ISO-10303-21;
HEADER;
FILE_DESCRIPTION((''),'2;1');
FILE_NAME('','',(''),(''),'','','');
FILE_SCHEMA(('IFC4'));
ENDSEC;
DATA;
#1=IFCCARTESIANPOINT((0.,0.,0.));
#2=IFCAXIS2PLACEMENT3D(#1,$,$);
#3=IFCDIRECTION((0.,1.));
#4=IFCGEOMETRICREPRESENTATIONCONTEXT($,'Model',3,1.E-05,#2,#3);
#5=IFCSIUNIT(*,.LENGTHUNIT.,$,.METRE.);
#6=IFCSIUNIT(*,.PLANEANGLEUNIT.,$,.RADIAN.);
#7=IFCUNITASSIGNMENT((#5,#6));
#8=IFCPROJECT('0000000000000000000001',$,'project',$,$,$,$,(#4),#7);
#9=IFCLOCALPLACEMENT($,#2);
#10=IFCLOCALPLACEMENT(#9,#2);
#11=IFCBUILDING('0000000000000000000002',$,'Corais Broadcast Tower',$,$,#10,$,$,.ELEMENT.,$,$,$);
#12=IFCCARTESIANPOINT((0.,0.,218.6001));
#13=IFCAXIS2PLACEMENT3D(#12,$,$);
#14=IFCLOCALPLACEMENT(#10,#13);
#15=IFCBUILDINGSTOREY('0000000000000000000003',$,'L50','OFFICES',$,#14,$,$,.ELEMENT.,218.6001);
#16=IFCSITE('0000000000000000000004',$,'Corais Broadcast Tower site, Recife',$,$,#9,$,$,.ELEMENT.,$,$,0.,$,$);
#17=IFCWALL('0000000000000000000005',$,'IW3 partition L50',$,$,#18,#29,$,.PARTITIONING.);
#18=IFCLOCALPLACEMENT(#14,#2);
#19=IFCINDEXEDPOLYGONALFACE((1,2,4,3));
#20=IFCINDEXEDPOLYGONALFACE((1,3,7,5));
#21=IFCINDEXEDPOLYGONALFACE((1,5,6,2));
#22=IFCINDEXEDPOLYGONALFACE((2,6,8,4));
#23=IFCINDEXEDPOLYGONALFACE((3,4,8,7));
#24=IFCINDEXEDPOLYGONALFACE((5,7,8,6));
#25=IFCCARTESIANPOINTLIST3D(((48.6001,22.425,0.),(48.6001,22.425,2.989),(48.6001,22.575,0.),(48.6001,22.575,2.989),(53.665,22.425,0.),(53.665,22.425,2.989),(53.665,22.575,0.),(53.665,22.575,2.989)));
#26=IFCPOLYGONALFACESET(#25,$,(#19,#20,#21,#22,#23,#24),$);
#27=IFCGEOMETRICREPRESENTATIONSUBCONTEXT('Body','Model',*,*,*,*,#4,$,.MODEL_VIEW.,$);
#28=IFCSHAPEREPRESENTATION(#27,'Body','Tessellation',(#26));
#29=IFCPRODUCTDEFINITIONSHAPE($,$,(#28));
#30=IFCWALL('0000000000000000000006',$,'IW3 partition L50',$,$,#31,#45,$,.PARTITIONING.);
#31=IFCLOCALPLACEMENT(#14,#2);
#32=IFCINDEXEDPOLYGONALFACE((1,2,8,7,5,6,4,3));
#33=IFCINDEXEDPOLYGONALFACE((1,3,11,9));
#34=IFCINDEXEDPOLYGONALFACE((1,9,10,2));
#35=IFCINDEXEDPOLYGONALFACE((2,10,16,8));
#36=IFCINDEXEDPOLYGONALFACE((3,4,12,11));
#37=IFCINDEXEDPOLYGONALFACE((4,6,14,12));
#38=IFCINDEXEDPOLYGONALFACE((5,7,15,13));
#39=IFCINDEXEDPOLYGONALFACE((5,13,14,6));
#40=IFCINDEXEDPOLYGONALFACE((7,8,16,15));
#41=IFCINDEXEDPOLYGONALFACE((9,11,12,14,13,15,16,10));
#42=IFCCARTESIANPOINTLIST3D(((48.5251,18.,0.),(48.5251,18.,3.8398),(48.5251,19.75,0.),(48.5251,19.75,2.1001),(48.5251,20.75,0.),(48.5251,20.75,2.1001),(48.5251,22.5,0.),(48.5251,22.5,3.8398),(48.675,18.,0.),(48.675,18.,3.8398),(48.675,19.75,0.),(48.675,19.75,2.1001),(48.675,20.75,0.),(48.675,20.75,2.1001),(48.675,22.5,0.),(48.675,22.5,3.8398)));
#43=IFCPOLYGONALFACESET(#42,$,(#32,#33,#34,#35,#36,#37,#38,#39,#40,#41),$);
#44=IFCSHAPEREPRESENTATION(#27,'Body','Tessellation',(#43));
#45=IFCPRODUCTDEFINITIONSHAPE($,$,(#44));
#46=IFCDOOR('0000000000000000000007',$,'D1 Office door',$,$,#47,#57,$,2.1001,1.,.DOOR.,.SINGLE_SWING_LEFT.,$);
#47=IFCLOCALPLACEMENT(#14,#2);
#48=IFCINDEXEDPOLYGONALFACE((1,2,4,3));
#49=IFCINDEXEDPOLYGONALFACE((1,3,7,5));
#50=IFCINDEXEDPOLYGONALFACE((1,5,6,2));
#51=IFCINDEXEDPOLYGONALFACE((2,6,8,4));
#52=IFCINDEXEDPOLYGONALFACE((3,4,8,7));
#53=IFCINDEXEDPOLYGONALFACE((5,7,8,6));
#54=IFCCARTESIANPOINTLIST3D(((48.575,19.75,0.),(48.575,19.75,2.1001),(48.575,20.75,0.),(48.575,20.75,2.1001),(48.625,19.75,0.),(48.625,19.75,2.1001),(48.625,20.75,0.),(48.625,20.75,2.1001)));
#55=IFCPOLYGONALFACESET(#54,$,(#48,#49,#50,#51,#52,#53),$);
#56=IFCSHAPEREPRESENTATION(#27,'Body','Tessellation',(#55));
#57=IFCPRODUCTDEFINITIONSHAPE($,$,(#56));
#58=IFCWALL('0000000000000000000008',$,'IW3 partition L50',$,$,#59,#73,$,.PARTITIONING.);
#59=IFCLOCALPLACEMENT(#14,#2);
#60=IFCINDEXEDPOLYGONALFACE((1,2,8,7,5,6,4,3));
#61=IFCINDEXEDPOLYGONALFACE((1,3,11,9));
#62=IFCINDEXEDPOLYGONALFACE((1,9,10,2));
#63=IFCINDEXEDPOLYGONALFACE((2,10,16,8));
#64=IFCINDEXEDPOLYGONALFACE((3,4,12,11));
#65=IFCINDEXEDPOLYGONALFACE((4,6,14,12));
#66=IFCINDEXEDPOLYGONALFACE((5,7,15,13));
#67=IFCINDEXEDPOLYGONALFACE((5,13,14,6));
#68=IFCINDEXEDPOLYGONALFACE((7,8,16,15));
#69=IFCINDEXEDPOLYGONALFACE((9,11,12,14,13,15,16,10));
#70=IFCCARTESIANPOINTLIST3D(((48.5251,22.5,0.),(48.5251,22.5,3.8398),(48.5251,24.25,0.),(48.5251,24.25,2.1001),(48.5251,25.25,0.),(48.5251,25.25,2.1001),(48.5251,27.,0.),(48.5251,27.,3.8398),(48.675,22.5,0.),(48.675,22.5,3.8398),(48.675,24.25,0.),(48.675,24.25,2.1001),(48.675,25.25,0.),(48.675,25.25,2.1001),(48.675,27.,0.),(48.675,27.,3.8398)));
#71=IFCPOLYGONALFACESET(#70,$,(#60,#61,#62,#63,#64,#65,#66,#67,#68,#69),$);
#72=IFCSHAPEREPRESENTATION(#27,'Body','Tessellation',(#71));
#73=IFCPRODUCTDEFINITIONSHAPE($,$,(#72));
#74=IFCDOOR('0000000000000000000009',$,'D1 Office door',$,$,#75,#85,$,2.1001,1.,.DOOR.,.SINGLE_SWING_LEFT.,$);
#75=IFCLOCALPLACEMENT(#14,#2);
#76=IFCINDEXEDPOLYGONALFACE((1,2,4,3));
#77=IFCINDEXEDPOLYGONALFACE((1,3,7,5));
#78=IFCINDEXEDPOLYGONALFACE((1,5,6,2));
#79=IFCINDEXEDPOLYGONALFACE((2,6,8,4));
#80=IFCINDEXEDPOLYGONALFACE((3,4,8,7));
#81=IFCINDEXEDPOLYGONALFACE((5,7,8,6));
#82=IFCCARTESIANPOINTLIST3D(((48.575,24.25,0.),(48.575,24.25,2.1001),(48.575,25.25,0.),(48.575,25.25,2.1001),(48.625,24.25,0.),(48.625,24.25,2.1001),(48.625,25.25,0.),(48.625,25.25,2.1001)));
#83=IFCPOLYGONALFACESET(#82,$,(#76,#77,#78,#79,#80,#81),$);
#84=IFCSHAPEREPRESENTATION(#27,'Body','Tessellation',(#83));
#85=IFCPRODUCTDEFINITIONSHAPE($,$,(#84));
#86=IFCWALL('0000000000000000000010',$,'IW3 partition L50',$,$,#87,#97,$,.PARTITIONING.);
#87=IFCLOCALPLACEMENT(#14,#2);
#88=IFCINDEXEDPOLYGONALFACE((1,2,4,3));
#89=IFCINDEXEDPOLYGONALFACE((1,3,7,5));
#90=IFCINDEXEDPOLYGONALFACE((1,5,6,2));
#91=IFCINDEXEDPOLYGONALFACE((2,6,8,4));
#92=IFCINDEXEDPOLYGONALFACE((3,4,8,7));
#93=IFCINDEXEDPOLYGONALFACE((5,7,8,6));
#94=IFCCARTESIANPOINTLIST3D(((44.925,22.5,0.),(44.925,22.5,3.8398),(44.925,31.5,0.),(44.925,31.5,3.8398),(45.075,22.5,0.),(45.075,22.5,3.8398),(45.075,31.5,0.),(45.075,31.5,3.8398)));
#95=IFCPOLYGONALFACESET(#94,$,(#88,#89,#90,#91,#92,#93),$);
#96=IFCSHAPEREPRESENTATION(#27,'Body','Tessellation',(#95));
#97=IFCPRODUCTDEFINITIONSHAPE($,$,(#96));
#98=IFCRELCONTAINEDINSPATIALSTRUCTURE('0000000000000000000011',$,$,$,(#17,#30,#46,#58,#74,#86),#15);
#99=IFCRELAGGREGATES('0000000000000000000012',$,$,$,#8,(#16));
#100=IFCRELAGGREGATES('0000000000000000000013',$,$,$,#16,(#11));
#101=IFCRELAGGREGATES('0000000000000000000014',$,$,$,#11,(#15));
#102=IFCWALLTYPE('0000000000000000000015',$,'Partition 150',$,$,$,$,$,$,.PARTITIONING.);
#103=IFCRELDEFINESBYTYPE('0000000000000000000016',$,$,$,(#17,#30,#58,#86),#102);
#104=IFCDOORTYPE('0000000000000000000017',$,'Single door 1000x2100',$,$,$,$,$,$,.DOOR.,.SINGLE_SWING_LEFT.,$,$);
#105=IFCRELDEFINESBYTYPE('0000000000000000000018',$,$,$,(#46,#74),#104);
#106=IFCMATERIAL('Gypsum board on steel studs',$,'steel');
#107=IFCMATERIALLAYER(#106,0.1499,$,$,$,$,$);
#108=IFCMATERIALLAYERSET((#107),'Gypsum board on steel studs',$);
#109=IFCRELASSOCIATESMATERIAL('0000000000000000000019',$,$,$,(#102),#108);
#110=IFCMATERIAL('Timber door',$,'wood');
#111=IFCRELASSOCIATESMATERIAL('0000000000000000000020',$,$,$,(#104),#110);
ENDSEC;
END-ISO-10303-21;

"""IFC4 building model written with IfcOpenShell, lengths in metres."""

from ifc_helpers import new_model, si_unit, direction, frame, frame_2d, origin, place, context, subcontext, project, spatial, rectangle, extrude, material, layer, layer_set, type_object, element, fill, save


model = new_model("IFC4")

# Units and contexts
model_context = context("Model", 3, precision=1e-05, world=origin(), true_north=direction((0.0, 1.0)))
body_context = subcontext(model_context, "Body", "Model", "MODEL_VIEW")
ifc_project = project(units=[si_unit("LENGTHUNIT", "METRE"), si_unit("PLANEANGLEUNIT", "RADIAN")], contexts=[model_context])

# Site, building, storey
site_placement = place(None, origin())
site = spatial("IfcSite", under=ifc_project, at=site_placement, Name="Corais Broadcast Tower site, Recife", CompositionType="ELEMENT", RefElevation=0.0)
building_placement = place(site_placement, origin())
building = spatial("IfcBuilding", under=site, at=building_placement, Name="Corais Broadcast Tower", CompositionType="ELEMENT")
storey_placement = place(building_placement, frame((0.0, 0.0, 218.6001)))
storey = spatial("IfcBuildingStorey", under=building, at=storey_placement, Name="L50", Description="OFFICES", CompositionType="ELEMENT", Elevation=218.6001)

# Shared definitions
ifc_material_1 = material(Name="Gypsum board on steel studs", Category="steel")
ifc_layer_1 = layer(ifc_material_1, 0.1499)
ifc_layer_set_1 = layer_set([ifc_layer_1], Name="Gypsum board on steel studs")
wall_type = type_object("IfcWallType", Name="Partition 150", PredefinedType="PARTITIONING", material=ifc_layer_set_1)
ifc_material_2 = material(Name="Timber door", Category="wood")
door_type = type_object("IfcDoorType", Name="Single door 1000x2100", OperationType="SINGLE_SWING_LEFT", PredefinedType="DOOR", material=ifc_material_2)

# Wall
for number, where, z_axis, x_axis, name in (
    (1, (53.665, 22.5, 0.0), (0.0, 0.0, 1.0), (-1.0, 0.0, 0.0), "IW3 partition L50"),
):
    element("IfcWall", number, at=place(storey_placement, frame(where, z_axis=z_axis, x_axis=x_axis)), inside=storey, type_object=wall_type, Name=name, PredefinedType="PARTITIONING", context=body_context, shape_type="SweptSolid", body=[
        extrude(rectangle(XDim=5.0649, YDim=0.1499, at=frame_2d((2.5325, 0.0))), origin(), (0.0, 0.0, 1.0), 2.989),
    ])

# Walls, openings, doors
wall_1_placement = place(storey_placement, frame((48.6001, 22.5, 0.0), z_axis=(0.0, 0.0, 1.0), x_axis=(0.0, -1.0, 0.0)))
wall_1 = element("IfcWall", 2, at=wall_1_placement, inside=storey, type_object=wall_type, Name="IW3 partition L50", PredefinedType="PARTITIONING", context=body_context, shape_type="SweptSolid", body=[
    extrude(rectangle(XDim=4.5, YDim=0.1499, at=frame_2d((2.25, 0.0))), origin(), (0.0, 0.0, 1.0), 3.8398),
])
opening_1_placement = place(wall_1_placement, frame((1.75, 0.0, 0.0)))
opening_1 = element("IfcOpeningElement", 3, at=opening_1_placement, cuts=wall_1, PredefinedType="OPENING", context=body_context, shape_type="SweptSolid", body=[
    extrude(rectangle(XDim=1.0, YDim=2.1001, at=frame_2d((0.5, 1.05))), frame((0.0, 0.085, 0.0), z_axis=(0.0, -1.0, 0.0), x_axis=(1.0, 0.0, 0.0)), (0.0, 0.0, 1.0), 0.1699),
])
door_1_placement = place(opening_1_placement, origin())
door_1 = element("IfcDoor", 4, at=door_1_placement, inside=storey, type_object=door_type, Name="D1 Office door", OperationType="SINGLE_SWING_LEFT", OverallHeight=2.1001, OverallWidth=1.0, PredefinedType="DOOR", context=body_context, shape_type="SweptSolid", body=[
    extrude(rectangle(XDim=1.0, YDim=2.1001, at=frame_2d((0.5, 1.05))), frame((0.0, 0.0249, 0.0), z_axis=(0.0, -1.0, 0.0), x_axis=(1.0, 0.0, 0.0)), (0.0, 0.0, 1.0), 0.05),
])
fill(opening_1, door_1)
wall_2_placement = place(storey_placement, frame((48.6001, 27.0, 0.0), z_axis=(0.0, 0.0, 1.0), x_axis=(0.0, -1.0, 0.0)))
wall_2 = element("IfcWall", 5, at=wall_2_placement, inside=storey, type_object=wall_type, Name="IW3 partition L50", PredefinedType="PARTITIONING", context=body_context, shape_type="SweptSolid", body=[
    extrude(rectangle(XDim=4.5, YDim=0.1499, at=frame_2d((2.25, 0.0))), origin(), (0.0, 0.0, 1.0), 3.8398),
])
opening_2_placement = place(wall_2_placement, frame((1.75, 0.0, 0.0)))
opening_2 = element("IfcOpeningElement", 6, at=opening_2_placement, cuts=wall_2, PredefinedType="OPENING", context=body_context, shape_type="SweptSolid", body=[
    extrude(rectangle(XDim=1.0, YDim=2.1001, at=frame_2d((0.5, 1.05))), frame((0.0, 0.085, 0.0), z_axis=(0.0, -1.0, 0.0), x_axis=(1.0, 0.0, 0.0)), (0.0, 0.0, 1.0), 0.1699),
])
door_2_placement = place(opening_2_placement, origin())
door_2 = element("IfcDoor", 7, at=door_2_placement, inside=storey, type_object=door_type, Name="D1 Office door", OperationType="SINGLE_SWING_LEFT", OverallHeight=2.1001, OverallWidth=1.0, PredefinedType="DOOR", context=body_context, shape_type="SweptSolid", body=[
    extrude(rectangle(XDim=1.0, YDim=2.1001, at=frame_2d((0.5, 1.05))), frame((0.0, 0.0249, 0.0), z_axis=(0.0, -1.0, 0.0), x_axis=(1.0, 0.0, 0.0)), (0.0, 0.0, 1.0), 0.05),
])
fill(opening_2, door_2)

# Wall
wall_3_placement = place(storey_placement, frame((45.0, 22.5, 0.0), z_axis=(0.0, 0.0, 1.0), x_axis=(0.0, 1.0, 0.0)))
element("IfcWall", 8, at=wall_3_placement, inside=storey, type_object=wall_type, Name="IW3 partition L50", PredefinedType="PARTITIONING", context=body_context, shape_type="SweptSolid", body=[
    extrude(rectangle(XDim=9.0, YDim=0.1499, at=frame_2d((4.5, 0.0))), origin(), (0.0, 0.0, 1.0), 3.8398),
])

save(model, "model.ifc")
